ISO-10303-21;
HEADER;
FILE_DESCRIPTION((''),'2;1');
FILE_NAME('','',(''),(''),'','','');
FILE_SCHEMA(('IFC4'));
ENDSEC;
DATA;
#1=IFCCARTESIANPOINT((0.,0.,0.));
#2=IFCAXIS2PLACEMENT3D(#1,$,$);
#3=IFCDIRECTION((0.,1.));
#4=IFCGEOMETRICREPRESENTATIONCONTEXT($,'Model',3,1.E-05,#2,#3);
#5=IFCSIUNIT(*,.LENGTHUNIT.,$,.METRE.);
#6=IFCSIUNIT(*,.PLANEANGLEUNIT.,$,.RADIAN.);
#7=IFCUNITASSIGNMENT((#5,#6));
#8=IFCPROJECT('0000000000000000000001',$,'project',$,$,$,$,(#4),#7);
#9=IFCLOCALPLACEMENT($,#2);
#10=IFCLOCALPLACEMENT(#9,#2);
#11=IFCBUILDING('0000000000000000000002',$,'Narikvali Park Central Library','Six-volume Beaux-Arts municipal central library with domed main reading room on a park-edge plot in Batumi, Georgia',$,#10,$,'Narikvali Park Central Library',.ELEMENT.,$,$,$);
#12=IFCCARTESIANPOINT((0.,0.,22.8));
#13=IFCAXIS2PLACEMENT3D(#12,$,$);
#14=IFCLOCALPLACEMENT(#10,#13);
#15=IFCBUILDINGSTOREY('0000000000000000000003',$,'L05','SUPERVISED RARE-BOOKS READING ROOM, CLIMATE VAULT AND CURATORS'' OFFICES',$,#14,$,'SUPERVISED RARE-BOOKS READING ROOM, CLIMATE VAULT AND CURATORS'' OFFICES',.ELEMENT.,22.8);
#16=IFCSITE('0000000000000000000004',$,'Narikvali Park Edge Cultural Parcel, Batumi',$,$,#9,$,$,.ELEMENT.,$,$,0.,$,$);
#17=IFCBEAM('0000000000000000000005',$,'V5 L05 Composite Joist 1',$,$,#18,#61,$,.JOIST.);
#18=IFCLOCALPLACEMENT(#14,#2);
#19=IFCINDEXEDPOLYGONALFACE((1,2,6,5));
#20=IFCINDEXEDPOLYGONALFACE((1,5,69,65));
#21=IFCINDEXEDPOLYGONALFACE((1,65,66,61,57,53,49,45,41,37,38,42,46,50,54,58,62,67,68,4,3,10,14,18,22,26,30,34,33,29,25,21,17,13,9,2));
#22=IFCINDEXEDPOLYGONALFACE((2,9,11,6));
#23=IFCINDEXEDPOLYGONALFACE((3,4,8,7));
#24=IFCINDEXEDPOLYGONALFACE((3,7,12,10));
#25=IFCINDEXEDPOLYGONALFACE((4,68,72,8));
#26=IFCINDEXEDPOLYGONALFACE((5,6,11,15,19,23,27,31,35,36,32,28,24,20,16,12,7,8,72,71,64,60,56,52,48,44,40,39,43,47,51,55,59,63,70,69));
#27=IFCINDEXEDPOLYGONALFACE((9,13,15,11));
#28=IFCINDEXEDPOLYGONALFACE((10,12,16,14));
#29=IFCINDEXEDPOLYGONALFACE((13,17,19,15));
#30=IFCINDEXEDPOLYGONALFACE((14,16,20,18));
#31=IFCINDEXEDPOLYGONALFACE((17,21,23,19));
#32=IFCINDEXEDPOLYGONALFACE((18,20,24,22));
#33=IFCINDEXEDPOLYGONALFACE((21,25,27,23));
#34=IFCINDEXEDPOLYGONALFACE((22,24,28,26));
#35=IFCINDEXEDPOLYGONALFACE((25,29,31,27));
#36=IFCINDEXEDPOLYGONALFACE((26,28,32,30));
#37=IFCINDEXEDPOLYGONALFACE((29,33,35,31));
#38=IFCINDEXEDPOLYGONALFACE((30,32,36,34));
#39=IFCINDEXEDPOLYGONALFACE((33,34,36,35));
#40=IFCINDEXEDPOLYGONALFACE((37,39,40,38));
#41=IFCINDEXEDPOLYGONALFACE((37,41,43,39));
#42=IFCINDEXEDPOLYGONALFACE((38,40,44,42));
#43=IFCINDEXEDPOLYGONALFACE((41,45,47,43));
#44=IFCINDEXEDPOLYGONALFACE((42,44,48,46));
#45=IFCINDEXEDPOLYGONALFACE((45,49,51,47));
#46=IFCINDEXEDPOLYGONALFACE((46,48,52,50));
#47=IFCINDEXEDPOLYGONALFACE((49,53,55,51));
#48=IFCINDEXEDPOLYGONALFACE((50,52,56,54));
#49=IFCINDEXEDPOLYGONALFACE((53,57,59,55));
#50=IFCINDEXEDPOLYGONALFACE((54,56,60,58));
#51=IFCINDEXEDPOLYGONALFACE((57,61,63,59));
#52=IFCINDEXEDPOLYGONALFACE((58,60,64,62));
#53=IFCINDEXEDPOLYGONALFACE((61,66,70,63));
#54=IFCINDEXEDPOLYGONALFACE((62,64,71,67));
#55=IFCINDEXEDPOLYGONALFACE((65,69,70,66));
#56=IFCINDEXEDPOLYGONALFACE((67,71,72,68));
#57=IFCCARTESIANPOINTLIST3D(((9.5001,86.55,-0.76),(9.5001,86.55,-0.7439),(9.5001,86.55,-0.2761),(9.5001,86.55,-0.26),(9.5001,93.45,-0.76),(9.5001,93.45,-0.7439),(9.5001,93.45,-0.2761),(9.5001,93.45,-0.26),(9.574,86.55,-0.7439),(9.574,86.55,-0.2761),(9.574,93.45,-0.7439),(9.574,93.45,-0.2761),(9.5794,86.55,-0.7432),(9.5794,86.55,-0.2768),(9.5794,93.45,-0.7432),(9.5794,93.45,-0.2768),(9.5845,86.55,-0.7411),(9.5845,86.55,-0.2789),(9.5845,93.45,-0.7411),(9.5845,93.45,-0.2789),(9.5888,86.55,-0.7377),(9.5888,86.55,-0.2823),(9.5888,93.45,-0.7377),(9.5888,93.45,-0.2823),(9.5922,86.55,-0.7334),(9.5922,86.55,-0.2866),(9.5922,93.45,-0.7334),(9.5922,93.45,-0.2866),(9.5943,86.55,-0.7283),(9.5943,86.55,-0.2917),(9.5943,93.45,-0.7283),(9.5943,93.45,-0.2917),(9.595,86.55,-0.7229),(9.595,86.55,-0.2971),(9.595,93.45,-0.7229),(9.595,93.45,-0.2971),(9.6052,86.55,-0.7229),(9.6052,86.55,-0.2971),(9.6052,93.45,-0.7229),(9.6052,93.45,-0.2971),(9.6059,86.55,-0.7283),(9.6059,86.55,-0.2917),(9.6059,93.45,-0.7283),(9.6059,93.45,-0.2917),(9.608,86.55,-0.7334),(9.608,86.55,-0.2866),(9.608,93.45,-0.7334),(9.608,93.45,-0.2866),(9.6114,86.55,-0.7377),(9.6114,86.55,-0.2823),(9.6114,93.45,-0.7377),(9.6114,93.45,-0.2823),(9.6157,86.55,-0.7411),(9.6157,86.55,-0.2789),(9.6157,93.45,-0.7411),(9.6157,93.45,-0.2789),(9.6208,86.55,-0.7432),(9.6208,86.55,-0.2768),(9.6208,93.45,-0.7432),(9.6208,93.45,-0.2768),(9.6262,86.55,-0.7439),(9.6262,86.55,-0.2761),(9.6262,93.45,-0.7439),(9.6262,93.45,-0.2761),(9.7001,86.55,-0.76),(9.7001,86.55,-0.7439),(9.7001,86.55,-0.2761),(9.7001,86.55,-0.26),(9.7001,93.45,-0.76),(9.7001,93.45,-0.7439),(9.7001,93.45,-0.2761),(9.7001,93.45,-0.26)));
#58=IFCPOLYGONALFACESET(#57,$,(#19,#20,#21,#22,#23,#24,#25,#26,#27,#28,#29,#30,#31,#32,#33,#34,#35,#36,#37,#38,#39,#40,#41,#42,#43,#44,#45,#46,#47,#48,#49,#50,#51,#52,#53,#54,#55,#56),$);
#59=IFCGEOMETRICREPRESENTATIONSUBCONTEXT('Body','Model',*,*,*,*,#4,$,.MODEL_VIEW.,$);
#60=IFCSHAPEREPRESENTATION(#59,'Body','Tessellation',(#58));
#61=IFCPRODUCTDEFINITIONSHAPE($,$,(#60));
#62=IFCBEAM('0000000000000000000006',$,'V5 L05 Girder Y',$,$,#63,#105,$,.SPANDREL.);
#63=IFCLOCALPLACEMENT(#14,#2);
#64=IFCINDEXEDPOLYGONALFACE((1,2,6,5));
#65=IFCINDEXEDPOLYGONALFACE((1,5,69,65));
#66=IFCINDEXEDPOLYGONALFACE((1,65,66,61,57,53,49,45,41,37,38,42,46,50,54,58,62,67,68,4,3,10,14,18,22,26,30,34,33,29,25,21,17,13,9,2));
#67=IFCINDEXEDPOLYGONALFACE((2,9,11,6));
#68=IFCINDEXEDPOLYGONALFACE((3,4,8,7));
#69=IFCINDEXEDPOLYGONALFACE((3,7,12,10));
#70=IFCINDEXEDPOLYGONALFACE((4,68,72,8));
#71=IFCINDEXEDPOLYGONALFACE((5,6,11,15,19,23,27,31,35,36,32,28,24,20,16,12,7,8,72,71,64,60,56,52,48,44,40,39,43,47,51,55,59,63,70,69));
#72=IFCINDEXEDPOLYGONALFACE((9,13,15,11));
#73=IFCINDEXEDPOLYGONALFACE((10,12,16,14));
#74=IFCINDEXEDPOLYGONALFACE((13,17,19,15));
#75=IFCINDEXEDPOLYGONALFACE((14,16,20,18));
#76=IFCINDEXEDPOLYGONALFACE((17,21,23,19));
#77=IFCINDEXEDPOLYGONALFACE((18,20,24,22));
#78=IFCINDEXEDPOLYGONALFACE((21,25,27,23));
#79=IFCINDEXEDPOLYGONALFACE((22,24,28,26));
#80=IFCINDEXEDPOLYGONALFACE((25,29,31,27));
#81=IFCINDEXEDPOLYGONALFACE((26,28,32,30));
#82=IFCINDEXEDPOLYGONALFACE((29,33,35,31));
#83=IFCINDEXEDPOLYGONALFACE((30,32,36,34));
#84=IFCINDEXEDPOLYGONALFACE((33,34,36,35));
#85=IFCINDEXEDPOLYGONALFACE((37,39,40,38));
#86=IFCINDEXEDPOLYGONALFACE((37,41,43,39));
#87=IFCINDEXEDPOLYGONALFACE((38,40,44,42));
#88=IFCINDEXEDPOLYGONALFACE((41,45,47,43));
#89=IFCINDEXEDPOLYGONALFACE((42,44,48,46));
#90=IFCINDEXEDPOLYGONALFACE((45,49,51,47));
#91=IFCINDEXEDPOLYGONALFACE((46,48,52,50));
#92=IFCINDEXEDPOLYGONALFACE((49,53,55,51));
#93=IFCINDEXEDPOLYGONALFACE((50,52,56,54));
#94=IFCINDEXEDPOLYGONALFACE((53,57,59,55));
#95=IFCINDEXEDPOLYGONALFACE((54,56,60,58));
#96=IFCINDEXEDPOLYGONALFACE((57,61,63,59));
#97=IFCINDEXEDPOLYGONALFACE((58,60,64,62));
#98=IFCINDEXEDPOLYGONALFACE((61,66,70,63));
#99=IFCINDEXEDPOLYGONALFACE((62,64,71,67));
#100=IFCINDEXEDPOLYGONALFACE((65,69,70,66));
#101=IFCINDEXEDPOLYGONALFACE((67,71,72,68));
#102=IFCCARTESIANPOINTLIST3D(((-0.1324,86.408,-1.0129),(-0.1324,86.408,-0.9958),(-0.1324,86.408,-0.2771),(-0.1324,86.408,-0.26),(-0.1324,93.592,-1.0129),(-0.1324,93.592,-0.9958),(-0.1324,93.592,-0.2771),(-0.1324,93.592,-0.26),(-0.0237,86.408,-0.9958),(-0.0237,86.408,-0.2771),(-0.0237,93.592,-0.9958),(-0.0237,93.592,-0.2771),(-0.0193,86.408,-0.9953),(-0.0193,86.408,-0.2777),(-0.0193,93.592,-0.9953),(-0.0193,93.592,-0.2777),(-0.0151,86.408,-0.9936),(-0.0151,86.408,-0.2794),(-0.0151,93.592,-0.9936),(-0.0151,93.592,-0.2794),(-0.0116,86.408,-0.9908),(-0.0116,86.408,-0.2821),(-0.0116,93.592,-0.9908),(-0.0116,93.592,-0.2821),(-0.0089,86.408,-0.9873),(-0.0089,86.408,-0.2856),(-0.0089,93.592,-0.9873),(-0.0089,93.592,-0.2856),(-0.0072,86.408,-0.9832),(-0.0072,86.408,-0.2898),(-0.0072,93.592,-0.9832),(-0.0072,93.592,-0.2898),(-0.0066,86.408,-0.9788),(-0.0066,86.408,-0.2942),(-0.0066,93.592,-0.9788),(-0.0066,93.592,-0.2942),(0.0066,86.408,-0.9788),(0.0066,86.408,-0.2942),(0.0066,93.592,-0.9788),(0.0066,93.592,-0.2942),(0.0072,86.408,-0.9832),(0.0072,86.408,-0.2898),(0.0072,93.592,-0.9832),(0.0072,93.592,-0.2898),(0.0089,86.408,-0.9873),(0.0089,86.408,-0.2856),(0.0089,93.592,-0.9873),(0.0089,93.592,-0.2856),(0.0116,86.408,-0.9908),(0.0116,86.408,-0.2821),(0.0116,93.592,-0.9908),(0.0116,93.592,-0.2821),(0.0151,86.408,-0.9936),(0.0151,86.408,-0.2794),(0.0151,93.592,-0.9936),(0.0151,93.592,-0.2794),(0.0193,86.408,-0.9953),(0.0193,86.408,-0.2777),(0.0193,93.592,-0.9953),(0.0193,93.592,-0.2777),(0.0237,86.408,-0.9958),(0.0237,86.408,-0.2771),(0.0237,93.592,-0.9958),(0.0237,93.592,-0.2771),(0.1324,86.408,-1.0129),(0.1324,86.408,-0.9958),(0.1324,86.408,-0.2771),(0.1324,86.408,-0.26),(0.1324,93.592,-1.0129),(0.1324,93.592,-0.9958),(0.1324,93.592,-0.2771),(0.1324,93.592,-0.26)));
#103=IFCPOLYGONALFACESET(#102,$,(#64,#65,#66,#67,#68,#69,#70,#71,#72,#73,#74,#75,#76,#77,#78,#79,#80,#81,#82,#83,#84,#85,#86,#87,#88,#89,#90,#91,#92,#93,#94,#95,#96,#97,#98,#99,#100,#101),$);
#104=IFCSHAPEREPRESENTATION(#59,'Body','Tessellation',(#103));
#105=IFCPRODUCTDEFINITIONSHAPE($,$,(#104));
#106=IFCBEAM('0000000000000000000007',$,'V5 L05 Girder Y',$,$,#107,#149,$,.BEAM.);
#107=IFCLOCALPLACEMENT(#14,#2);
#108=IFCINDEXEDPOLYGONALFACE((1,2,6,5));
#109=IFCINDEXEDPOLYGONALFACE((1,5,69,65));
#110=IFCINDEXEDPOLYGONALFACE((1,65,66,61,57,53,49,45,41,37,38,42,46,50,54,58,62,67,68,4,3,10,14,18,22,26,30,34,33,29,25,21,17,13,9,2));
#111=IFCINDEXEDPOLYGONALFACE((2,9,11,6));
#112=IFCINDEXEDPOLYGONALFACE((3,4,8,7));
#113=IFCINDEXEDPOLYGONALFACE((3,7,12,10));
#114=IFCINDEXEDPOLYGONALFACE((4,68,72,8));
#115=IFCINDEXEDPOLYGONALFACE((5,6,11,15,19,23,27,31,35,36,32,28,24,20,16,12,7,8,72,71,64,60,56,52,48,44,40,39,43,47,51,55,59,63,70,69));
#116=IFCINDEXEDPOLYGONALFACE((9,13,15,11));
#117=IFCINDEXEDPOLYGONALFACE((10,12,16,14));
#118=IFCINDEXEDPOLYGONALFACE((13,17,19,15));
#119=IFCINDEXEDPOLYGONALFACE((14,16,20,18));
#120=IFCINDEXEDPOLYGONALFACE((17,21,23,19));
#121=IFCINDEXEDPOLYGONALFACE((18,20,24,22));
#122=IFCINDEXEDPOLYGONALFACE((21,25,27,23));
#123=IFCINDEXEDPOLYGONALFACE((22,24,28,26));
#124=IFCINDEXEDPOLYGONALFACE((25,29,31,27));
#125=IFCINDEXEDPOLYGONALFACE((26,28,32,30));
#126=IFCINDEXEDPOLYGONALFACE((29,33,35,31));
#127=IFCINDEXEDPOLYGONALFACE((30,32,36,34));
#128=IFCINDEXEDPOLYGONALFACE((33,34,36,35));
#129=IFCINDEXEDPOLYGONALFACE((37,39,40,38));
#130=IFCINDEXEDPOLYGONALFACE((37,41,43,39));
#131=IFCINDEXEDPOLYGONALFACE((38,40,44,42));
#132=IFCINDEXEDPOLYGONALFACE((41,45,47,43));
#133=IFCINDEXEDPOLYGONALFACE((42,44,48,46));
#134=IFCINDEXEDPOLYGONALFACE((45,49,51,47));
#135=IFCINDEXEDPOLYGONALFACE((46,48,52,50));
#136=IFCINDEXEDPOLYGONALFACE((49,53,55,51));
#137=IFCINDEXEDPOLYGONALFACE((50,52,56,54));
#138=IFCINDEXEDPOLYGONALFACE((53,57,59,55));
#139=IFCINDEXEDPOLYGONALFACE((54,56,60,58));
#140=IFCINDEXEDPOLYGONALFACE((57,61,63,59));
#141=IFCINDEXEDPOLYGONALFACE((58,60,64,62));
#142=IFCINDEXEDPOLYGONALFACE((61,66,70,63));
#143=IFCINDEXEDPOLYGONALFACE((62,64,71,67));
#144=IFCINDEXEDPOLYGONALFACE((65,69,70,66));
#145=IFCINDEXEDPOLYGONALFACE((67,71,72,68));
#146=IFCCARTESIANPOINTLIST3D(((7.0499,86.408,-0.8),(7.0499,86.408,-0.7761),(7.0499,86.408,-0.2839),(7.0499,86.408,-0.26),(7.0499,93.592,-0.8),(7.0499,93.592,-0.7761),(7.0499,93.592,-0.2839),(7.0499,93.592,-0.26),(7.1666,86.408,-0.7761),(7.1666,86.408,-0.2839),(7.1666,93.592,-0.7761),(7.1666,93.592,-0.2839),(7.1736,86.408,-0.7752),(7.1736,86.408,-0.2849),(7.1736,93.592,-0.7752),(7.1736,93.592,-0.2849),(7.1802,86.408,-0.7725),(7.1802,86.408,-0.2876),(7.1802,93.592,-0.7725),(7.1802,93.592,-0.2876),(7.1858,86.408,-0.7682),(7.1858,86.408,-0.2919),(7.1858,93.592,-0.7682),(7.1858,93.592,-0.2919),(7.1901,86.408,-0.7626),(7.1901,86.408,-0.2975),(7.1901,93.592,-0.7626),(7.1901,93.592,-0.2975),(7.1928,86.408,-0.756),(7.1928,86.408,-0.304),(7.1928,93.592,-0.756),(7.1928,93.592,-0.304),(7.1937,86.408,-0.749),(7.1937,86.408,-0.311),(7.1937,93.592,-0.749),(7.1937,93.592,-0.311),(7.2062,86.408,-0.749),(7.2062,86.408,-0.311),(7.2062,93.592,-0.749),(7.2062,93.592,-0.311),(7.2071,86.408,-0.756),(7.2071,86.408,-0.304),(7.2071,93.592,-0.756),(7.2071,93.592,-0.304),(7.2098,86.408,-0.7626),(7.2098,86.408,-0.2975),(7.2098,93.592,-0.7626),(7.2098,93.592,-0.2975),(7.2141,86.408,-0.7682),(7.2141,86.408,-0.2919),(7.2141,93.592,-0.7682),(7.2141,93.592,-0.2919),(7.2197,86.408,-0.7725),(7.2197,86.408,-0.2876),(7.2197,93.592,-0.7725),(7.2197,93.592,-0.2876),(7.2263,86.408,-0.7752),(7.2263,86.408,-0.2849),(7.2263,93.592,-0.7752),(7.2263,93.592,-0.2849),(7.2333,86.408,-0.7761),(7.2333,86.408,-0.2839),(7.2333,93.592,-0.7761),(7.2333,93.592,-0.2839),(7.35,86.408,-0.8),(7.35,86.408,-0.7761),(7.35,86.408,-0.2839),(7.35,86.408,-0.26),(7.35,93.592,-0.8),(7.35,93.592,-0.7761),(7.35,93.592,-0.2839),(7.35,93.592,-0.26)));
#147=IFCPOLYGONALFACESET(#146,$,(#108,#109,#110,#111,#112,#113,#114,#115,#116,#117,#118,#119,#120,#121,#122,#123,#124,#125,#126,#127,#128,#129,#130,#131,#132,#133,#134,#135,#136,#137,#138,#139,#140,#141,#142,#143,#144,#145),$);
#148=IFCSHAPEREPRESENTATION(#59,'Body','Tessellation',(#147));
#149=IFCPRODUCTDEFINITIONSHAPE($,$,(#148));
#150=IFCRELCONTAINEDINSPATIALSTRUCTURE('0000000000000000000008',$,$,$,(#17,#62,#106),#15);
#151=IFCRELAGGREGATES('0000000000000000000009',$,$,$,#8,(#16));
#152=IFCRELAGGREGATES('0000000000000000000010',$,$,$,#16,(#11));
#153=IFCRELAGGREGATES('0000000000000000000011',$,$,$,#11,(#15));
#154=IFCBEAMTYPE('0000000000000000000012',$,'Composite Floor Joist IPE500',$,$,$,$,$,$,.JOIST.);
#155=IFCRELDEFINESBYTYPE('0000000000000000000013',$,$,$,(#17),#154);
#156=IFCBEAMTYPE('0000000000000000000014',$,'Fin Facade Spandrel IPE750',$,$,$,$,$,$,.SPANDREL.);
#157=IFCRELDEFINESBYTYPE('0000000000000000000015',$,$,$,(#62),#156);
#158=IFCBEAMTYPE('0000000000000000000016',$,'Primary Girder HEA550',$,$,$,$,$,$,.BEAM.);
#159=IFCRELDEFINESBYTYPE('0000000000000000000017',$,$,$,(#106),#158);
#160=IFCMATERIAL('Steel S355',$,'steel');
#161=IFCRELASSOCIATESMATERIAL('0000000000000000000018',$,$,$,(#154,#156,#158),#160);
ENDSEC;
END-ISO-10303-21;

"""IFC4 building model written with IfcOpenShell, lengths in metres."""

from ifc_helpers import new_model, si_unit, direction, frame, origin, origin_2d, place, context, subcontext, project, spatial, i_section, extrude, material, material_profile, profile_set, type_object, element, save


model = new_model("IFC4")

# Units and contexts
model_context = context("Model", 3, precision=1e-05, world=origin(), true_north=direction((0.0, 1.0)))
body_context = subcontext(model_context, "Body", "Model", "MODEL_VIEW")
ifc_project = project(units=[si_unit("LENGTHUNIT", "METRE"), si_unit("PLANEANGLEUNIT", "RADIAN")], contexts=[model_context])

# Site, building, storey
site_placement = place(None, origin())
site = spatial("IfcSite", under=ifc_project, at=site_placement, Name="Narikvali Park Edge Cultural Parcel, Batumi", CompositionType="ELEMENT", RefElevation=0.0)
building_placement = place(site_placement, origin())
building = spatial("IfcBuilding", under=site, at=building_placement, Name="Narikvali Park Central Library", Description="Six-volume Beaux-Arts municipal central library with domed main reading room on a park-edge plot in Batumi, Georgia", LongName="Narikvali Park Central Library", CompositionType="ELEMENT")
storey_placement = place(building_placement, frame((0.0, 0.0, 22.8)))
storey = spatial("IfcBuildingStorey", under=building, at=storey_placement, Name="L05", Description="SUPERVISED RARE-BOOKS READING ROOM, CLIMATE VAULT AND CURATORS' OFFICES", LongName="SUPERVISED RARE-BOOKS READING ROOM, CLIMATE VAULT AND CURATORS' OFFICES", CompositionType="ELEMENT", Elevation=22.8)

# Shared definitions
ifc_material_1 = material(Name="Steel S355", Category="steel")

# Beams
ifc_material_profile_1 = material_profile(ifc_material_1, i_section(OverallWidth=0.2, OverallDepth=0.5, WebThickness=0.0103, FlangeThickness=0.0161, FilletRadius=0.021, at=origin_2d()), Name="IPE 500")
ifc_profile_set_1 = profile_set([ifc_material_profile_1], Name="Steel S355")
beam_type_1 = type_object("IfcBeamType", Name="Composite Floor Joist IPE500", PredefinedType="JOIST", material=ifc_profile_set_1)
for number, where, z_axis, x_axis, name in (
    (1, (9.6001, 86.55, -0.51), (0.0, 1.0, 0.0), (-1.0, 0.0, 0.0), "V5 L05 Composite Joist 1"),
):
    element("IfcBeam", number, at=place(storey_placement, frame(where, z_axis=z_axis, x_axis=x_axis)), inside=storey, type_object=beam_type_1, Name=name, PredefinedType="JOIST", context=body_context, shape_type="SweptSolid", body=[
        extrude(i_section(OverallWidth=0.2, OverallDepth=0.5, WebThickness=0.0103, FlangeThickness=0.0161, FilletRadius=0.021, at=origin_2d()), origin(), (0.0, 0.0, 1.0), 6.8999),
    ])
ifc_material_profile_2 = material_profile(ifc_material_1, i_section(OverallWidth=0.2649, OverallDepth=0.7529, WebThickness=0.0132, FlangeThickness=0.0171, FilletRadius=0.0171, at=origin_2d()), Name="IPE 750x147")
ifc_profile_set_2 = profile_set([ifc_material_profile_2], Name="Steel S355")
beam_type_2 = type_object("IfcBeamType", Name="Fin Facade Spandrel IPE750", PredefinedType="SPANDREL", material=ifc_profile_set_2)
beam_1_placement = place(storey_placement, frame((0.0, 86.408, -0.6365), z_axis=(0.0, 1.0, 0.0), x_axis=(-1.0, 0.0, 0.0)))
element("IfcBeam", 2, at=beam_1_placement, inside=storey, type_object=beam_type_2, Name="V5 L05 Girder Y", PredefinedType="SPANDREL", context=body_context, shape_type="SweptSolid", body=[
    extrude(i_section(OverallWidth=0.2649, OverallDepth=0.7529, WebThickness=0.0132, FlangeThickness=0.0171, FilletRadius=0.0171, at=origin_2d()), origin(), (0.0, 0.0, 1.0), 7.1841),
])
ifc_material_profile_3 = material_profile(ifc_material_1, i_section(OverallWidth=0.3, OverallDepth=0.54, WebThickness=0.0125, FlangeThickness=0.0239, FilletRadius=0.0271, at=origin_2d()), Name="HEA 550")
ifc_profile_set_3 = profile_set([ifc_material_profile_3], Name="Steel S355")
beam_type_3 = type_object("IfcBeamType", Name="Primary Girder HEA550", PredefinedType="BEAM", material=ifc_profile_set_3)
beam_2_placement = place(storey_placement, frame((7.2, 86.408, -0.53), z_axis=(0.0, 1.0, 0.0), x_axis=(-1.0, 0.0, 0.0)))
element("IfcBeam", 3, at=beam_2_placement, inside=storey, type_object=beam_type_3, Name="V5 L05 Girder Y", PredefinedType="BEAM", context=body_context, shape_type="SweptSolid", body=[
    extrude(i_section(OverallWidth=0.3, OverallDepth=0.54, WebThickness=0.0125, FlangeThickness=0.0239, FilletRadius=0.0271, at=origin_2d()), origin(), (0.0, 0.0, 1.0), 7.1841),
])

save(model, "model.ifc")
